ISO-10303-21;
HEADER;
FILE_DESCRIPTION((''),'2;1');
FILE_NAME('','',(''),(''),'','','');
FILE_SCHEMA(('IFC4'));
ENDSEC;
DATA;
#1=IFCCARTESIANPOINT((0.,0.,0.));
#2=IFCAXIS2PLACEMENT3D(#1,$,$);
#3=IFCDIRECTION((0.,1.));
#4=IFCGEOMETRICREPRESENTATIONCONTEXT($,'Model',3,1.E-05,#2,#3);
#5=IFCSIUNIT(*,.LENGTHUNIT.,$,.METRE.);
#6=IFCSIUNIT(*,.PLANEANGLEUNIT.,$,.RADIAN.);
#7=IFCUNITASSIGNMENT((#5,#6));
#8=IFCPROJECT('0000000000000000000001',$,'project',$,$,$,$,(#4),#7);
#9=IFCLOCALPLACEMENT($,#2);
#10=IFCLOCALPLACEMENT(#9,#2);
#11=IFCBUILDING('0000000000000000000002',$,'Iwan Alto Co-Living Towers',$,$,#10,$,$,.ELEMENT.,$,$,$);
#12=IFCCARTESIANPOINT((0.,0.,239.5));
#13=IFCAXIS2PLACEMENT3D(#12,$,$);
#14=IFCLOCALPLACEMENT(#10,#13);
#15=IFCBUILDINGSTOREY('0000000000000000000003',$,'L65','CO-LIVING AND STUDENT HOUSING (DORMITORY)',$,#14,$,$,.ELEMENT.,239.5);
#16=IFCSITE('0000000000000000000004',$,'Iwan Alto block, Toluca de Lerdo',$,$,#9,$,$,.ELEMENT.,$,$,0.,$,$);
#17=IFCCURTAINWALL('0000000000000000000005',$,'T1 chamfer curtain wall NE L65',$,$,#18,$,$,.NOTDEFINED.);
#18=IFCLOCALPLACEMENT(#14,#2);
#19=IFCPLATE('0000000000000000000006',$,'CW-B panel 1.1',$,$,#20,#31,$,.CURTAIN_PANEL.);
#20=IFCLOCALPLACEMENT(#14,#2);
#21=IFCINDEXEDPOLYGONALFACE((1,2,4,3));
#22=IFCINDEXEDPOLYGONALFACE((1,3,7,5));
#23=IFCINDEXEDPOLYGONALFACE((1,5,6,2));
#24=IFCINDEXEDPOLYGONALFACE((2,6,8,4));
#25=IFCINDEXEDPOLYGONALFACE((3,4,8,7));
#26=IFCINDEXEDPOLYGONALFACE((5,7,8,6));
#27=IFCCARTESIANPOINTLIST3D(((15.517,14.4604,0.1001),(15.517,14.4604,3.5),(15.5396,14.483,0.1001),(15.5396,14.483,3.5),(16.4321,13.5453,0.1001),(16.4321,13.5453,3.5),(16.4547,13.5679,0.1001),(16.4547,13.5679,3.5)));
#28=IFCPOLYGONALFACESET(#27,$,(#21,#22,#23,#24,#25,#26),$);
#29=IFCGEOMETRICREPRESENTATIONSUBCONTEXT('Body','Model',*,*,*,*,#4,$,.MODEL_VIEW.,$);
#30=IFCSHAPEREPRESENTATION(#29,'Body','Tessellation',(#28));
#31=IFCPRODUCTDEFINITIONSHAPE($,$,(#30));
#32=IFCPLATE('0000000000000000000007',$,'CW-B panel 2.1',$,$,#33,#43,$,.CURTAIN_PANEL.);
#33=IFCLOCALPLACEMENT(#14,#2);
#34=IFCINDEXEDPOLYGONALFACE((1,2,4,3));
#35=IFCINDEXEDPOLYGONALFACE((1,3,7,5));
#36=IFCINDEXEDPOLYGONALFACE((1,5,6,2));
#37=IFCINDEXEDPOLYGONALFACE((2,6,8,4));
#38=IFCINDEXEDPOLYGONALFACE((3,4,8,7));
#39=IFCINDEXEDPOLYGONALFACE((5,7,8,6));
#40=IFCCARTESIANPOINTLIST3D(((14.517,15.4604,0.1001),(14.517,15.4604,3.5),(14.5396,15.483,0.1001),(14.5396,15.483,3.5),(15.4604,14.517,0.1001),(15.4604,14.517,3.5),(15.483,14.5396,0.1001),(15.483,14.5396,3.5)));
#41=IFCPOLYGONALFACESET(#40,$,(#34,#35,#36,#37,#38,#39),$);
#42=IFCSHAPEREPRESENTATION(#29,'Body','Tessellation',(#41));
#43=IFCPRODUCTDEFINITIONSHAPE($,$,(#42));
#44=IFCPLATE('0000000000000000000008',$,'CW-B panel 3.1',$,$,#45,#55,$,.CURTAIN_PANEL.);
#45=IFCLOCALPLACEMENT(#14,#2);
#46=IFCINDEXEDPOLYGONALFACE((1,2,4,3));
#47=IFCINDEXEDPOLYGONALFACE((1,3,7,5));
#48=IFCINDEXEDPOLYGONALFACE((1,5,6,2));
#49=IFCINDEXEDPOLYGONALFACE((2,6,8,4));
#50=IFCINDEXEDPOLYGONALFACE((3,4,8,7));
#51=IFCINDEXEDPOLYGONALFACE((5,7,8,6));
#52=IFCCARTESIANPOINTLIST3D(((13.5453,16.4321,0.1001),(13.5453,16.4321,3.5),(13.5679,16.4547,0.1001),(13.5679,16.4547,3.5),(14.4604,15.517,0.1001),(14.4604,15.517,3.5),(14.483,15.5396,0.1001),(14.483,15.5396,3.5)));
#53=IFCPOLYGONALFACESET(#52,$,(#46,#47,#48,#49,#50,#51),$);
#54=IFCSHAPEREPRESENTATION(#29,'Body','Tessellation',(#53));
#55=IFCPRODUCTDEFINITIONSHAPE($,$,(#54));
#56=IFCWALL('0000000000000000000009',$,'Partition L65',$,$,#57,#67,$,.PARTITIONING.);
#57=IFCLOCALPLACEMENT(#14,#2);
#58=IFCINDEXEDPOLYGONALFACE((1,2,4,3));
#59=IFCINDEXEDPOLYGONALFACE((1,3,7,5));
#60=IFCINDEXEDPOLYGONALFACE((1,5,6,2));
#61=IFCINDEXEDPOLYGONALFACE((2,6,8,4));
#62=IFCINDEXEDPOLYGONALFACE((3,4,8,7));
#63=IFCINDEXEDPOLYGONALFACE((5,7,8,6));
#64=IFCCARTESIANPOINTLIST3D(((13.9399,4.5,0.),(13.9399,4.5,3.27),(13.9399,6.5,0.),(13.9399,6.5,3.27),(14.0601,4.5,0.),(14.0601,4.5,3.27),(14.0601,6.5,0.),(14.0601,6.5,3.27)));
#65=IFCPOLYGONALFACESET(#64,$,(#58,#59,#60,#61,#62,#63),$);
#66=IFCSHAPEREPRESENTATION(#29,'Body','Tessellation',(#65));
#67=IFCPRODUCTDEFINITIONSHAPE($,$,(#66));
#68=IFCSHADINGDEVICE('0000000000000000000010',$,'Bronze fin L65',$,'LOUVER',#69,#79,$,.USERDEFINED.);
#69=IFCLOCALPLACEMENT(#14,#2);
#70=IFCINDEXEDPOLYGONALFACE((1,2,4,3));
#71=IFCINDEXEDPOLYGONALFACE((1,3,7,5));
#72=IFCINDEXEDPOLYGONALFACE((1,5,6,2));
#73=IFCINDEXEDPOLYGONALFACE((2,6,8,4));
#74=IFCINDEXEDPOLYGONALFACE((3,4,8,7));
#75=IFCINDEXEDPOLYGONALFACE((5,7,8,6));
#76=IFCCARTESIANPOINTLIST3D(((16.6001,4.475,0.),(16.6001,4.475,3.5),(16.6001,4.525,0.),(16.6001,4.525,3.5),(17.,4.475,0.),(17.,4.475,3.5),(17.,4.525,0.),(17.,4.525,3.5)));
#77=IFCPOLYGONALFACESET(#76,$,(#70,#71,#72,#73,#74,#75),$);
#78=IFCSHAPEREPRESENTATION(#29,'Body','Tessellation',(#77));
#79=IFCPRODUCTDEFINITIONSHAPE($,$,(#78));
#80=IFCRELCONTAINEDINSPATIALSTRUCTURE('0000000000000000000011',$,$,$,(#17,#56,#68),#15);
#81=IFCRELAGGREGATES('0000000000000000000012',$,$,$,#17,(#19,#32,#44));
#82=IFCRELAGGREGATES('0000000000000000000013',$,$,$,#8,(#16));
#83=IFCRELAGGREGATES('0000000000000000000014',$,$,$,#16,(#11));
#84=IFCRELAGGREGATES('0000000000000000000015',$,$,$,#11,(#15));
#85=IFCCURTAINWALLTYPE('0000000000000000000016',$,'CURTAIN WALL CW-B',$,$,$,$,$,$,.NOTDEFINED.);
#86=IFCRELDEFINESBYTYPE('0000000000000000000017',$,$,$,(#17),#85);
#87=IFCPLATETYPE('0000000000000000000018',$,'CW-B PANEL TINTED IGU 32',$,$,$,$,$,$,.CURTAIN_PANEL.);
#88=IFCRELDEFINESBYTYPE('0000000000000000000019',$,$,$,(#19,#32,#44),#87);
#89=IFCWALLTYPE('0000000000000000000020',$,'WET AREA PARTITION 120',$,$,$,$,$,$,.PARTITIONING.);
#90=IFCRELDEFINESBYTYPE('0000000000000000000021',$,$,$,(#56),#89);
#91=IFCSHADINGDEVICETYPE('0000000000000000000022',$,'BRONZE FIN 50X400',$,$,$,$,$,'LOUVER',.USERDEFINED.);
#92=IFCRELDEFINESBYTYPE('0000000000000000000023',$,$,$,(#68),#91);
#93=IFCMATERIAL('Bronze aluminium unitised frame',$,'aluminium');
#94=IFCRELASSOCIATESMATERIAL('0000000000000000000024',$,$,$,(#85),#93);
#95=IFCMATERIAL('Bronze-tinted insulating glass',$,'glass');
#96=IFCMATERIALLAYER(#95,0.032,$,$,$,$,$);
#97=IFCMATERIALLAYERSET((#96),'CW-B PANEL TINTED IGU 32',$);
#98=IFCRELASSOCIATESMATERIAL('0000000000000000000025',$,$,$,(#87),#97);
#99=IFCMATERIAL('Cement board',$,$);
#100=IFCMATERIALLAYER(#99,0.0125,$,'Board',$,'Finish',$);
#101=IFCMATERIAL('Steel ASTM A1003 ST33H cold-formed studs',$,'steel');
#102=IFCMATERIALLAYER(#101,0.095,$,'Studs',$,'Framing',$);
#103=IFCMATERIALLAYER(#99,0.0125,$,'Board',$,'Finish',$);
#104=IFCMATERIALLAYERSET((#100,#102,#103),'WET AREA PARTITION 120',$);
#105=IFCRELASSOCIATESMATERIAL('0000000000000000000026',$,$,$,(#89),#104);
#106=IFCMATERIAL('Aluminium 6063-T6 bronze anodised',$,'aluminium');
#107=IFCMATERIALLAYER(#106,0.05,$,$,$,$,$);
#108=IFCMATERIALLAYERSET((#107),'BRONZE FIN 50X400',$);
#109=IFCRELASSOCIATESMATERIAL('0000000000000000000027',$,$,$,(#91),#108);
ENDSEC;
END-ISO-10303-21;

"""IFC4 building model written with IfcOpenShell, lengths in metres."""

from ifc_helpers import new_model, si_unit, direction, frame, frame_2d, origin, origin_2d, place, context, subcontext, project, spatial, rectangle, extrude, material, layer, layer_set, type_object, element, aggregate, save


model = new_model("IFC4")

# Units and contexts
model_context = context("Model", 3, precision=1e-05, world=origin(), true_north=direction((0.0, 1.0)))
body_context = subcontext(model_context, "Body", "Model", "MODEL_VIEW")
ifc_project = project(units=[si_unit("LENGTHUNIT", "METRE"), si_unit("PLANEANGLEUNIT", "RADIAN")], contexts=[model_context])

# Site, building, storey
site_placement = place(None, origin())
site = spatial("IfcSite", under=ifc_project, at=site_placement, Name="Iwan Alto block, Toluca de Lerdo", CompositionType="ELEMENT", RefElevation=0.0)
building_placement = place(site_placement, origin())
building = spatial("IfcBuilding", under=site, at=building_placement, Name="Iwan Alto Co-Living Towers", CompositionType="ELEMENT")
storey_placement = place(building_placement, frame((0.0, 0.0, 239.5)))
storey = spatial("IfcBuildingStorey", under=building, at=storey_placement, Name="L65", Description="CO-LIVING AND STUDENT HOUSING (DORMITORY)", CompositionType="ELEMENT", Elevation=239.5)

# Curtain wall
ifc_material_1 = material(Name="Bronze aluminium unitised frame", Category="aluminium")
curtain_wall_type_1 = type_object("IfcCurtainWallType", Name="CURTAIN WALL CW-B", PredefinedType="NOTDEFINED", material=ifc_material_1)
curtain_wall_1_placement = place(storey_placement, origin())
curtain_wall_1 = element("IfcCurtainWall", 1, at=curtain_wall_1_placement, inside=storey, type_object=curtain_wall_type_1, Name="T1 chamfer curtain wall NE L65", PredefinedType="NOTDEFINED")

# Plates
ifc_material_2 = material(Name="Bronze-tinted insulating glass", Category="glass")
ifc_layer_1 = layer(ifc_material_2, 0.032)
ifc_layer_set_1 = layer_set([ifc_layer_1], Name="CW-B PANEL TINTED IGU 32")
plate_type_1 = type_object("IfcPlateType", Name="CW-B PANEL TINTED IGU 32", PredefinedType="CURTAIN_PANEL", material=ifc_layer_set_1)
plate_1_placement = place(storey_placement, frame((15.9858, 14.0142, 0.1001), z_axis=(0.0, 0.0, 1.0), x_axis=(-0.707107, 0.707107, 0.0)))
plate_1 = element("IfcPlate", 2, at=plate_1_placement, type_object=plate_type_1, Name="CW-B panel 1.1", PredefinedType="CURTAIN_PANEL", context=body_context, shape_type="SweptSolid", body=[
    extrude(rectangle(XDim=1.2942, YDim=0.032, at=origin_2d()), origin(), (0.0, 0.0, 1.0), 3.3999),
])
plate_2_placement = place(storey_placement, frame((15.0, 15.0, 0.1001), z_axis=(0.0, 0.0, 1.0), x_axis=(-0.707107, 0.707107, 0.0)))
plate_2 = element("IfcPlate", 3, at=plate_2_placement, type_object=plate_type_1, Name="CW-B panel 2.1", PredefinedType="CURTAIN_PANEL", context=body_context, shape_type="SweptSolid", body=[
    extrude(rectangle(XDim=1.3342, YDim=0.032, at=origin_2d()), origin(), (0.0, 0.0, 1.0), 3.3999),
])
plate_3_placement = place(storey_placement, frame((14.0142, 15.9858, 0.1001), z_axis=(0.0, 0.0, 1.0), x_axis=(-0.707107, 0.707107, 0.0)))
plate_3 = element("IfcPlate", 4, at=plate_3_placement, type_object=plate_type_1, Name="CW-B panel 3.1", PredefinedType="CURTAIN_PANEL", context=body_context, shape_type="SweptSolid", body=[
    extrude(rectangle(XDim=1.2942, YDim=0.032, at=origin_2d()), origin(), (0.0, 0.0, 1.0), 3.3999),
])
aggregate(curtain_wall_1, [plate_1, plate_2, plate_3])

# Wall
ifc_material_3 = material(Name="Cement board")
ifc_layer_2 = layer(ifc_material_3, 0.0125, Name="Board", Category="Finish")
ifc_material_4 = material(Name="Steel ASTM A1003 ST33H cold-formed studs", Category="steel")
ifc_layer_3 = layer(ifc_material_4, 0.095, Name="Studs", Category="Framing")
ifc_layer_4 = layer(ifc_material_3, 0.0125, Name="Board", Category="Finish")
ifc_layer_set_2 = layer_set([ifc_layer_2, ifc_layer_3, ifc_layer_4], Name="WET AREA PARTITION 120")
wall_type = type_object("IfcWallType", Name="WET AREA PARTITION 120", PredefinedType="PARTITIONING", material=ifc_layer_set_2)
wall_placement = place(storey_placement, frame((14.0, 4.5, 0.0), z_axis=(0.0, 0.0, 1.0), x_axis=(0.0, 1.0, 0.0)))
element("IfcWall", 5, at=wall_placement, inside=storey, type_object=wall_type, Name="Partition L65", PredefinedType="PARTITIONING", context=body_context, shape_type="SweptSolid", body=[
    extrude(rectangle(XDim=2.0, YDim=0.1201, at=frame_2d((1.0, 0.0))), origin(), (0.0, 0.0, 1.0), 3.27),
])

# Shading device
ifc_material_5 = material(Name="Aluminium 6063-T6 bronze anodised", Category="aluminium")
ifc_layer_5 = layer(ifc_material_5, 0.05)
ifc_layer_set_3 = layer_set([ifc_layer_5], Name="BRONZE FIN 50X400")
shading_device_type = type_object("IfcShadingDeviceType", Name="BRONZE FIN 50X400", ElementType="LOUVER", PredefinedType="USERDEFINED", material=ifc_layer_set_3)
shading_device_placement = place(storey_placement, frame((16.8, 4.5, 0.0), z_axis=(0.0, 0.0, 1.0), x_axis=(0.0, 1.0, 0.0)))
element("IfcShadingDevice", 6, at=shading_device_placement, inside=storey, type_object=shading_device_type, Name="Bronze fin L65", ObjectType="LOUVER", PredefinedType="USERDEFINED", context=body_context, shape_type="SweptSolid", body=[
    extrude(rectangle(XDim=0.05, YDim=0.3999, at=origin_2d()), origin(), (0.0, 0.0, 1.0), 3.5),
])

save(model, "model.ifc")
